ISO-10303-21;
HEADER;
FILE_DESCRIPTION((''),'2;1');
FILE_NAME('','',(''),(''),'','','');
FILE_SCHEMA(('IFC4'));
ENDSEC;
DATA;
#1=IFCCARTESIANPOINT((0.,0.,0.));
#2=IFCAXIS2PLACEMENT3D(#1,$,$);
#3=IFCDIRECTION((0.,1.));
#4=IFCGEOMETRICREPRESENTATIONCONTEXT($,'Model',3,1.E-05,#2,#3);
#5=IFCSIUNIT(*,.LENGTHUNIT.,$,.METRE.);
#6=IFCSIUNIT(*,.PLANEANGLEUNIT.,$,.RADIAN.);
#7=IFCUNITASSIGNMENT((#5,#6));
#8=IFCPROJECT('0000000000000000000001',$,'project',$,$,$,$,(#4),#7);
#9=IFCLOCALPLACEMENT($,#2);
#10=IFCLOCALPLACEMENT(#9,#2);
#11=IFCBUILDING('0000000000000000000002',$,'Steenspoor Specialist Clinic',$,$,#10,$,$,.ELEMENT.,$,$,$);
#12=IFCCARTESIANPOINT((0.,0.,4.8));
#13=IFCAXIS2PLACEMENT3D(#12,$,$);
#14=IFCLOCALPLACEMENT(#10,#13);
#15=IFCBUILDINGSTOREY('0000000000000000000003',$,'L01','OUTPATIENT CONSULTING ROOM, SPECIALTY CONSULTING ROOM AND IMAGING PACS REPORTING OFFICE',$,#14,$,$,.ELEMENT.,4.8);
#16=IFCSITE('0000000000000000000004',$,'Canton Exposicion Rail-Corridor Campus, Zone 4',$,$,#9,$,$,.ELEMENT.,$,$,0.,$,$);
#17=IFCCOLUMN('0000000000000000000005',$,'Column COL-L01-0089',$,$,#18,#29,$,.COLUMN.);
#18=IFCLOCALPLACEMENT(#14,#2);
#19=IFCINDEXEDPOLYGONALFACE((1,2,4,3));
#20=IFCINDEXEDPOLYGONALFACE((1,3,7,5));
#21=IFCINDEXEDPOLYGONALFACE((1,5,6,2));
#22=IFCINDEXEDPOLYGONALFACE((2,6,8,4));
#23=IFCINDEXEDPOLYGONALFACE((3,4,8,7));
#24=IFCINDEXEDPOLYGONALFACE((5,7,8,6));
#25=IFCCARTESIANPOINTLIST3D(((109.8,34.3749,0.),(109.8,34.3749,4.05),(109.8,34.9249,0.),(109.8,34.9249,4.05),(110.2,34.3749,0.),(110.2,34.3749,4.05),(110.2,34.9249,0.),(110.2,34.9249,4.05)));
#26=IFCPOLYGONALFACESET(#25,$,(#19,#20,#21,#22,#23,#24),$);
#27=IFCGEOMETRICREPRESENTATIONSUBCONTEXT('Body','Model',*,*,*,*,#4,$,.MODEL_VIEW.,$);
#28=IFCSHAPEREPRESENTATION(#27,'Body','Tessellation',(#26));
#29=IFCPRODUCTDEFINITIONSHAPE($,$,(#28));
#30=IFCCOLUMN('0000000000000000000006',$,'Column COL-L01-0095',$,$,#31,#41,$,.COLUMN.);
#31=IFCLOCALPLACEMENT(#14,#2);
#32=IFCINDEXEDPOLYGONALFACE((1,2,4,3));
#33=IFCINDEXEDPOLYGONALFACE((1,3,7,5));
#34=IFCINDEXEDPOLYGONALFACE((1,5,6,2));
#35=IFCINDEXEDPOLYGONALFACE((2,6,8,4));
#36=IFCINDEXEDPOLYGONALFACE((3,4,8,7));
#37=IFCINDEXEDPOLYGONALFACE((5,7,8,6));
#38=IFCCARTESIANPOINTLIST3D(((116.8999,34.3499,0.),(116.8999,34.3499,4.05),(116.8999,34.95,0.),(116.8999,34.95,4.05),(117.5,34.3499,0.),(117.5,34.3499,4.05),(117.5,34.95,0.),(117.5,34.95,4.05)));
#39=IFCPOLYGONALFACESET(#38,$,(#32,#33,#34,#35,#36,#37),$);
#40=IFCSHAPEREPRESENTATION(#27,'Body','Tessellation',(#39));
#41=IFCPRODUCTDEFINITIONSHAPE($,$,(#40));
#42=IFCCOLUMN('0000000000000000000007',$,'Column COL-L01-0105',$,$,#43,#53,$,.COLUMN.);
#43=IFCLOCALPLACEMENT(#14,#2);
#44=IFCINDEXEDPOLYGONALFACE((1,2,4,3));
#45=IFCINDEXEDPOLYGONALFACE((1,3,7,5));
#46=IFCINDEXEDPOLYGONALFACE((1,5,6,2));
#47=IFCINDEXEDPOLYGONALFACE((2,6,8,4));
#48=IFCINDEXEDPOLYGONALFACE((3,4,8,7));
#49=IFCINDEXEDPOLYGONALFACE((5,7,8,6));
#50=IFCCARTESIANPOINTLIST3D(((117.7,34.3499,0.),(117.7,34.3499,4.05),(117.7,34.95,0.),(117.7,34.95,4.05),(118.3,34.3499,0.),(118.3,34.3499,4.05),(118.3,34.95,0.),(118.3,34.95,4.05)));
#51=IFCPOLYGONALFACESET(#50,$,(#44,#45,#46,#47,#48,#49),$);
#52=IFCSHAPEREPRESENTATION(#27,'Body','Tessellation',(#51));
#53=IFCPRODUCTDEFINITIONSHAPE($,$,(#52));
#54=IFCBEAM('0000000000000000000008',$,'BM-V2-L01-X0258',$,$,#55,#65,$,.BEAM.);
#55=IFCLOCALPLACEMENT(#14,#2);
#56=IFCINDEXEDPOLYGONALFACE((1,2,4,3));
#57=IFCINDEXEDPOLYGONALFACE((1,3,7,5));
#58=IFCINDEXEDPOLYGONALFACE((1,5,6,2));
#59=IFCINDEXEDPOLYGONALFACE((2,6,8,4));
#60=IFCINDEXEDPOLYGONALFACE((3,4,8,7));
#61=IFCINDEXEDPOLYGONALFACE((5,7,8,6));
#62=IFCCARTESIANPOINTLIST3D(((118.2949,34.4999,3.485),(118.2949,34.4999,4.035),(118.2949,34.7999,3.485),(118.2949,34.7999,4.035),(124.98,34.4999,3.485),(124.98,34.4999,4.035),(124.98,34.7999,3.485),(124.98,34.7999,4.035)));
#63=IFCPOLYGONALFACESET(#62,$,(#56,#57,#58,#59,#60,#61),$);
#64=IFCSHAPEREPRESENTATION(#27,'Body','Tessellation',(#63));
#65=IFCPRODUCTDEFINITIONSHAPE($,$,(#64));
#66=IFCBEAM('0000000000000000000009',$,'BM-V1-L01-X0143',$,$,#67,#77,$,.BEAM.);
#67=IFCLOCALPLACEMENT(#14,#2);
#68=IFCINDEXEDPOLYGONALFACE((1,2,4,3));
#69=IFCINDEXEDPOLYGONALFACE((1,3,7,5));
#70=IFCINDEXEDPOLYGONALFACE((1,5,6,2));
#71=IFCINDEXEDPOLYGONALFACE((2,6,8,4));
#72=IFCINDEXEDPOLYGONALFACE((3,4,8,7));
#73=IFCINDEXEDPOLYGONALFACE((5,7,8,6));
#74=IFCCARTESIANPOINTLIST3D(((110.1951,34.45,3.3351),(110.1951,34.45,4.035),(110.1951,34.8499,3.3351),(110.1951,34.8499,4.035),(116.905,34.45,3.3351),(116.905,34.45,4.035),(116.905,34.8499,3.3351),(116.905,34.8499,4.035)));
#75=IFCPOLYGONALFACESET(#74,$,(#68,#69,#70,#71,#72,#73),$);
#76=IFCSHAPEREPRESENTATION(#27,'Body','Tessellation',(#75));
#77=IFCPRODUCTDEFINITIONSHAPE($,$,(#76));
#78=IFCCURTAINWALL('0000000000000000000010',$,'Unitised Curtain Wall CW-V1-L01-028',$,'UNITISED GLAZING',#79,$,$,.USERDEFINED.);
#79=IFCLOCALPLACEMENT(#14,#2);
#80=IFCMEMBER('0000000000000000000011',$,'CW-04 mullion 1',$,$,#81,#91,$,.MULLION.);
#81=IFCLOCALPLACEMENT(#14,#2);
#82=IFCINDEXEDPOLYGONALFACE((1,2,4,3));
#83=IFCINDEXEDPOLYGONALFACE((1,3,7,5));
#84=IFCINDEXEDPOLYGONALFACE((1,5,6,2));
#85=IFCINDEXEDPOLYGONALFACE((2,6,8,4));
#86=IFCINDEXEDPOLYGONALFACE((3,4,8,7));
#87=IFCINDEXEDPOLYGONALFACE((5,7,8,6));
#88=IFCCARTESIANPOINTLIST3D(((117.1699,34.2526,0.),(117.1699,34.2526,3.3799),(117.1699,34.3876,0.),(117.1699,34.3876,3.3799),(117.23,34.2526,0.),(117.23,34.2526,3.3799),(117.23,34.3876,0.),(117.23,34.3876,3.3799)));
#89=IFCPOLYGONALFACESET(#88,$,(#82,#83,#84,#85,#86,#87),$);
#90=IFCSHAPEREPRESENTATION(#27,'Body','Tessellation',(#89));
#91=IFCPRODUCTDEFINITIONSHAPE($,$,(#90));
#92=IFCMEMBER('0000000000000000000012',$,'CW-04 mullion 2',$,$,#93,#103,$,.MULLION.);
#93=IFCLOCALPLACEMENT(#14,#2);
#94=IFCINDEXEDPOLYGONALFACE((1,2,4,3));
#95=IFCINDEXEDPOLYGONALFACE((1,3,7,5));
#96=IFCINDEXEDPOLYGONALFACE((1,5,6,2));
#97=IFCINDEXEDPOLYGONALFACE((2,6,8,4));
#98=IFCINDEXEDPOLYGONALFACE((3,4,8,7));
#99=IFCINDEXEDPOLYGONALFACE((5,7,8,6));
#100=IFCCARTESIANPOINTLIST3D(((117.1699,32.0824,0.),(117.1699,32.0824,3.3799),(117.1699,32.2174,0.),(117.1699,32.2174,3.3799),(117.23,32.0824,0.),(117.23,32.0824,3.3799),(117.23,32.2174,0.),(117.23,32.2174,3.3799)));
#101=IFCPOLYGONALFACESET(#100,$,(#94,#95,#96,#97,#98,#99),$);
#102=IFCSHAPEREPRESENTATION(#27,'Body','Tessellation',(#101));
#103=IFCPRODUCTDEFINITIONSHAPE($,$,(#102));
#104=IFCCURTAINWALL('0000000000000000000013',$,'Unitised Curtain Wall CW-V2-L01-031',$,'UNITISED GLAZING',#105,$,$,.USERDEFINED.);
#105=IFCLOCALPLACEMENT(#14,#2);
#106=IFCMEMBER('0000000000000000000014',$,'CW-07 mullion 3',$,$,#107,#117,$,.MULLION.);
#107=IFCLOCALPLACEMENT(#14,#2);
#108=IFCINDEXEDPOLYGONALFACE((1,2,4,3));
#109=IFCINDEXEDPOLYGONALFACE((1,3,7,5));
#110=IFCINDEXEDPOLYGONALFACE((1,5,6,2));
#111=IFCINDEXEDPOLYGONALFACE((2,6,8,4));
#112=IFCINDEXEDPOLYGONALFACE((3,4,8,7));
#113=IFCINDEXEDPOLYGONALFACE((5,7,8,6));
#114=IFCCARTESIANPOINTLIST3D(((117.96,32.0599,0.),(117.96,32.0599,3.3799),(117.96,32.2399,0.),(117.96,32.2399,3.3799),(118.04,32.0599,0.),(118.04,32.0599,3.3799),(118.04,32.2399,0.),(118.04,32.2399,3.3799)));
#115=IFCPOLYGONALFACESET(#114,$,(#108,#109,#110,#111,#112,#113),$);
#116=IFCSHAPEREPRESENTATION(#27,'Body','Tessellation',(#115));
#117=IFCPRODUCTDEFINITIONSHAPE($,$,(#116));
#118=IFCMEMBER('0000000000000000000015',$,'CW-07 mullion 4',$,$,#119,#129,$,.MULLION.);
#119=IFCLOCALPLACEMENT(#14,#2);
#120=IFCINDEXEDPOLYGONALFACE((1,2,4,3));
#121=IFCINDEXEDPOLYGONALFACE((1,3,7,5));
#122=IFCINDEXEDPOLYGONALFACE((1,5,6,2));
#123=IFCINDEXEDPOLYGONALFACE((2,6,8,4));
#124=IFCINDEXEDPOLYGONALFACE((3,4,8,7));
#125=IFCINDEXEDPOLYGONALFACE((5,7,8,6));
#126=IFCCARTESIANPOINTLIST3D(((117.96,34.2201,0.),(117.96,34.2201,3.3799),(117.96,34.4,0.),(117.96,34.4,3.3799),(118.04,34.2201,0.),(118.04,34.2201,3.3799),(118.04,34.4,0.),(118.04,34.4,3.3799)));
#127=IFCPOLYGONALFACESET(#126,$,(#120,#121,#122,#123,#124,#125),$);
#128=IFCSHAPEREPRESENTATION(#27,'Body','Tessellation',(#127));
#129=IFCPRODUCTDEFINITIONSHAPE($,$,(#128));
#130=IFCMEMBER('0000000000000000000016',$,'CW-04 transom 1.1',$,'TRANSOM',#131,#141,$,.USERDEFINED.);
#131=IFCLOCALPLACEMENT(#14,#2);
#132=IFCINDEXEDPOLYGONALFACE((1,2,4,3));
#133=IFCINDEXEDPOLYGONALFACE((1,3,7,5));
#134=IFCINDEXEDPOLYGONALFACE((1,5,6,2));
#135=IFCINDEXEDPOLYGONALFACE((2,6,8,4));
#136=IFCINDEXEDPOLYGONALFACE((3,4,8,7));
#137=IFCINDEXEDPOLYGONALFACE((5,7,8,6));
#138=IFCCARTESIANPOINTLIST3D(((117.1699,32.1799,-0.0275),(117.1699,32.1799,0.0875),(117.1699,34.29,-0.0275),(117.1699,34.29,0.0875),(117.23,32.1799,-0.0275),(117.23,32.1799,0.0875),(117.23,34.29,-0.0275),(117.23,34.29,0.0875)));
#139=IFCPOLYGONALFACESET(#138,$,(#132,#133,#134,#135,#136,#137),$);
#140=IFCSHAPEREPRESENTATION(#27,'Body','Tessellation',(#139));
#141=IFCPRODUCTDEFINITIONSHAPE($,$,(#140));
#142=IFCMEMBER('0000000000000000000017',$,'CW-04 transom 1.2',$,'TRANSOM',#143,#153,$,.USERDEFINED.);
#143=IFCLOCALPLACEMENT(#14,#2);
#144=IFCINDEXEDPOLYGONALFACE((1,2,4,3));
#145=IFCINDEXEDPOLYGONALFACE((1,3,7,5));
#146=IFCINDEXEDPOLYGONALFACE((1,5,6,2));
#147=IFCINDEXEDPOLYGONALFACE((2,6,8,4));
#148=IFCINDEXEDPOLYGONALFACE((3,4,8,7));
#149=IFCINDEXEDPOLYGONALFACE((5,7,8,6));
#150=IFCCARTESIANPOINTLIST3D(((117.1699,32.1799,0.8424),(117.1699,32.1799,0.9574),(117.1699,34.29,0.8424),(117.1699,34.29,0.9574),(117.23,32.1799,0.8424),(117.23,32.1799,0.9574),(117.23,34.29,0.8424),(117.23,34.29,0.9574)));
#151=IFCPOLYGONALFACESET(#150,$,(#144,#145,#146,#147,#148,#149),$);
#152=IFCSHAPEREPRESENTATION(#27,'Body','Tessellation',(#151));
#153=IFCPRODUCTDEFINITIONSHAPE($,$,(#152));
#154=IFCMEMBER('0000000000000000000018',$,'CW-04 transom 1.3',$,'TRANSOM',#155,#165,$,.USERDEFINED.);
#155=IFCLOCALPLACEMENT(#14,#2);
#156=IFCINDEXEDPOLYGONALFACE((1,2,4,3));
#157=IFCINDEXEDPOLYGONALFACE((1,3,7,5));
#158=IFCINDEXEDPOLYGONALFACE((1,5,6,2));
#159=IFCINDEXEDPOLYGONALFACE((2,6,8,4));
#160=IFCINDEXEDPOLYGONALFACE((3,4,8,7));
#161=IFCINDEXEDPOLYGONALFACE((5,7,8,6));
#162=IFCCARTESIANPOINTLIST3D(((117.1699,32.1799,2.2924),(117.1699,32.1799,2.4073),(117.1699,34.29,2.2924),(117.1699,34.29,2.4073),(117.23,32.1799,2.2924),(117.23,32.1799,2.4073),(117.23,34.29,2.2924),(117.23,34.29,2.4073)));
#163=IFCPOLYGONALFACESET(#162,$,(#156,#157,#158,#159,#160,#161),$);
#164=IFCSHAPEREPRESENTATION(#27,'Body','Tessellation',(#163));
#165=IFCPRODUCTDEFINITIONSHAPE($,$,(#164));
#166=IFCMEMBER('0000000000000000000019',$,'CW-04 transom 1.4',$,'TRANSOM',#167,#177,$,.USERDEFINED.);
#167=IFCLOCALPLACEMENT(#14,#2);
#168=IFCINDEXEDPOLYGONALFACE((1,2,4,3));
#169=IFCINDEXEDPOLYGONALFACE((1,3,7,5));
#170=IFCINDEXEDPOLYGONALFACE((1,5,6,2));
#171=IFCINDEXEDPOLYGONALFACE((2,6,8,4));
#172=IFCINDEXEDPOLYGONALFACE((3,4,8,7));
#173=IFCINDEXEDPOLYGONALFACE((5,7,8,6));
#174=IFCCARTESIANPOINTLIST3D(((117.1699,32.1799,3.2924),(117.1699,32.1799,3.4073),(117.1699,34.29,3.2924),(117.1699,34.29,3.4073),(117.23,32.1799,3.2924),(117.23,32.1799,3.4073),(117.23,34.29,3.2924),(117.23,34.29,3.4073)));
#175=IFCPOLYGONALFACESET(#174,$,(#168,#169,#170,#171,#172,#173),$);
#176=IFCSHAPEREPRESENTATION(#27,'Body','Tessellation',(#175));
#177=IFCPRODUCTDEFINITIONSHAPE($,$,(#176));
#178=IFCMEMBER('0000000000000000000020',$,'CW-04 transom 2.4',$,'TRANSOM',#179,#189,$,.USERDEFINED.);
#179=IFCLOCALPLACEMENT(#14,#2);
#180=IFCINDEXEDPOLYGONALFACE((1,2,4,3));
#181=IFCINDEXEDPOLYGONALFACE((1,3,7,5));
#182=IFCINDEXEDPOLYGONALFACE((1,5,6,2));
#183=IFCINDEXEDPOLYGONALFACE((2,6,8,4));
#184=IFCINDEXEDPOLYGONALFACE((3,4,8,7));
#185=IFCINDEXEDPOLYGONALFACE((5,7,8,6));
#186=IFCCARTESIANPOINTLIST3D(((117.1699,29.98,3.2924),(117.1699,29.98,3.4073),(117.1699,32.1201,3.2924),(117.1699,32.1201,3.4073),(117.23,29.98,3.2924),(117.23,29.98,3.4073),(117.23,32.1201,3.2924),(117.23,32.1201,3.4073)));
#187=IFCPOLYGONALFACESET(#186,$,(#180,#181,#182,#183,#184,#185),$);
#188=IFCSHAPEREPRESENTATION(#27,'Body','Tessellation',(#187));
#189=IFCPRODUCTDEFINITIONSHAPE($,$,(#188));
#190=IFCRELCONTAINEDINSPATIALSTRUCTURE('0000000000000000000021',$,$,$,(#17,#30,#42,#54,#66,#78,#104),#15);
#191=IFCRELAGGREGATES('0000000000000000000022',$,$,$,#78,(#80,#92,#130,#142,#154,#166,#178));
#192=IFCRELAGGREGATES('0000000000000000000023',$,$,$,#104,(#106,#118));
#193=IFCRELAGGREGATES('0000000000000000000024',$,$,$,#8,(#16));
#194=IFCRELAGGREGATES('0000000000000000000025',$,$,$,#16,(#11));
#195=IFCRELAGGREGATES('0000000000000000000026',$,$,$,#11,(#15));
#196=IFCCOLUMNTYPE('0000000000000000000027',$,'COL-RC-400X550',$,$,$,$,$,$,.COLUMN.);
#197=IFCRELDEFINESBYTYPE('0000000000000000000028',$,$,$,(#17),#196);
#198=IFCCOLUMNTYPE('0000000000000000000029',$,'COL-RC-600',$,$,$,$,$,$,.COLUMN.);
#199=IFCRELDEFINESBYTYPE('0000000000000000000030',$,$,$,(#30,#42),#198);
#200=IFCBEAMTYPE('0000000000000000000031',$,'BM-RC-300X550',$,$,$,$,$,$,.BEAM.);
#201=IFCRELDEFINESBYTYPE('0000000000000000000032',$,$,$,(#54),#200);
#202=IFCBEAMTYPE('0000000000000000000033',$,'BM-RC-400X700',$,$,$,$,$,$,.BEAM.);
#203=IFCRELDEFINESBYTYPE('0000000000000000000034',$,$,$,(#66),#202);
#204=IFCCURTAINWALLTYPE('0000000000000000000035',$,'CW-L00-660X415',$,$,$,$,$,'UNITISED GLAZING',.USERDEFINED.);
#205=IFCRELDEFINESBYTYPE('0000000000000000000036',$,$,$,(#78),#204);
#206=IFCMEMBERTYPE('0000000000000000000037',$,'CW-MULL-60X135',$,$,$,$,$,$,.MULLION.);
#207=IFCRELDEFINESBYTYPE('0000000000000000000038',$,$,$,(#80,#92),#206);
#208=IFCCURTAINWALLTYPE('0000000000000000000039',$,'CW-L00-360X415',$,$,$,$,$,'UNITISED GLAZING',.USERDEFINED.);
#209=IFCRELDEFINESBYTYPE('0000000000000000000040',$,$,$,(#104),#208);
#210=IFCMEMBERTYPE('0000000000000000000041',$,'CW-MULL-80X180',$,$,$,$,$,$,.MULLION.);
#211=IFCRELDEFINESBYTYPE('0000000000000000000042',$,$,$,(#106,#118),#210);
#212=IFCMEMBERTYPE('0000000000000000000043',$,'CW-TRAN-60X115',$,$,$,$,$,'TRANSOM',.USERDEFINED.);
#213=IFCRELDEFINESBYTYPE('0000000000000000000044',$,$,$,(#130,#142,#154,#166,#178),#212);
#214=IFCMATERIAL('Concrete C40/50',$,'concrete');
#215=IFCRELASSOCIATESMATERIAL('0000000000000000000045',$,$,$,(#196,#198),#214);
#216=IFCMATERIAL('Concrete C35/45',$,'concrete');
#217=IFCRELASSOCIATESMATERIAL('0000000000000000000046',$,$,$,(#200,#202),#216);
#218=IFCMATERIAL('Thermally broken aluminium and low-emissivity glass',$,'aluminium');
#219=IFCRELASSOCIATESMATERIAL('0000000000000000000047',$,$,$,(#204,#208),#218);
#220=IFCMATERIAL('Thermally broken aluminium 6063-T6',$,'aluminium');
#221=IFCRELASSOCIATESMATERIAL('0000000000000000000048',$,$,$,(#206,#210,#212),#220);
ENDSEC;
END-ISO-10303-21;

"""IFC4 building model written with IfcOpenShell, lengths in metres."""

from ifc_helpers import new_model, si_unit, direction, frame, origin, origin_2d, place, context, subcontext, project, spatial, rectangle, extrude, material, material_profile, profile_set, type_object, element, aggregate, save


model = new_model("IFC4")

# Units and contexts
model_context = context("Model", 3, precision=1e-05, world=origin(), true_north=direction((0.0, 1.0)))
body_context = subcontext(model_context, "Body", "Model", "MODEL_VIEW")
ifc_project = project(units=[si_unit("LENGTHUNIT", "METRE"), si_unit("PLANEANGLEUNIT", "RADIAN")], contexts=[model_context])

# Site, building, storey
site_placement = place(None, origin())
site = spatial("IfcSite", under=ifc_project, at=site_placement, Name="Canton Exposicion Rail-Corridor Campus, Zone 4", CompositionType="ELEMENT", RefElevation=0.0)
building_placement = place(site_placement, origin())
building = spatial("IfcBuilding", under=site, at=building_placement, Name="Steenspoor Specialist Clinic", CompositionType="ELEMENT")
storey_placement = place(building_placement, frame((0.0, 0.0, 4.8)))
storey = spatial("IfcBuildingStorey", under=building, at=storey_placement, Name="L01", Description="OUTPATIENT CONSULTING ROOM, SPECIALTY CONSULTING ROOM AND IMAGING PACS REPORTING OFFICE", CompositionType="ELEMENT", Elevation=4.8)

# Columns
ifc_material_1 = material(Name="Concrete C40/50", Category="concrete")
ifc_material_profile_1 = material_profile(ifc_material_1, rectangle(XDim=0.3999, YDim=0.55, at=origin_2d()), Name="RC-COL-400X550")
ifc_profile_set_1 = profile_set([ifc_material_profile_1], Name="Concrete C40/50")
column_type_1 = type_object("IfcColumnType", Name="COL-RC-400X550", PredefinedType="COLUMN", material=ifc_profile_set_1)
column_placement = place(storey_placement, frame((110.0, 34.6499, 0.0), z_axis=(0.0, 0.0, 1.0), x_axis=(1.0, 0.0, 0.0)))
element("IfcColumn", 1, at=column_placement, inside=storey, type_object=column_type_1, Name="Column COL-L01-0089", PredefinedType="COLUMN", context=body_context, shape_type="SweptSolid", body=[
    extrude(rectangle(XDim=0.3999, YDim=0.55, at=origin_2d()), origin(), (0.0, 0.0, 1.0), 4.05),
])
ifc_material_profile_2 = material_profile(ifc_material_1, rectangle(XDim=0.6001, YDim=0.6001, at=origin_2d()), Name="RC-COL-600X600")
ifc_profile_set_2 = profile_set([ifc_material_profile_2], Name="Concrete C40/50")
column_type_2 = type_object("IfcColumnType", Name="COL-RC-600", PredefinedType="COLUMN", material=ifc_profile_set_2)
for number, where, z_axis, x_axis, name in (
    (2, (117.2, 34.6499, 0.0), (0.0, 0.0, 1.0), (1.0, 0.0, 0.0), "Column COL-L01-0095"),
    (3, (118.0, 34.6499, 0.0), (0.0, 0.0, 1.0), (1.0, 0.0, 0.0), "Column COL-L01-0105"),
):
    element("IfcColumn", number, at=place(storey_placement, frame(where, z_axis=z_axis, x_axis=x_axis)), inside=storey, type_object=column_type_2, Name=name, PredefinedType="COLUMN", context=body_context, shape_type="SweptSolid", body=[
        extrude(rectangle(XDim=0.6001, YDim=0.6001, at=origin_2d()), origin(), (0.0, 0.0, 1.0), 4.05),
    ])

# Beams
ifc_material_2 = material(Name="Concrete C35/45", Category="concrete")
ifc_material_profile_3 = material_profile(ifc_material_2, rectangle(XDim=0.3, YDim=0.55, at=origin_2d()), Name="RC-BM-300X550")
ifc_profile_set_3 = profile_set([ifc_material_profile_3], Name="Concrete C35/45")
beam_type_1 = type_object("IfcBeamType", Name="BM-RC-300X550", PredefinedType="BEAM", material=ifc_profile_set_3)
beam_1_placement = place(storey_placement, frame((118.2949, 34.6499, 3.76), z_axis=(1.0, 0.0, 0.0), x_axis=(0.0, 1.0, 0.0)))
element("IfcBeam", 4, at=beam_1_placement, inside=storey, type_object=beam_type_1, Name="BM-V2-L01-X0258", PredefinedType="BEAM", context=body_context, shape_type="SweptSolid", body=[
    extrude(rectangle(XDim=0.3, YDim=0.55, at=origin_2d()), origin(), (0.0, 0.0, 1.0), 6.6851),
])
ifc_material_profile_4 = material_profile(ifc_material_2, rectangle(XDim=0.3999, YDim=0.7, at=origin_2d()), Name="RC-BM-400X700")
ifc_profile_set_4 = profile_set([ifc_material_profile_4], Name="Concrete C35/45")
beam_type_2 = type_object("IfcBeamType", Name="BM-RC-400X700", PredefinedType="BEAM", material=ifc_profile_set_4)
beam_2_placement = place(storey_placement, frame((110.1951, 34.6499, 3.6851), z_axis=(1.0, 0.0, 0.0), x_axis=(0.0, 1.0, 0.0)))
element("IfcBeam", 5, at=beam_2_placement, inside=storey, type_object=beam_type_2, Name="BM-V1-L01-X0143", PredefinedType="BEAM", context=body_context, shape_type="SweptSolid", body=[
    extrude(rectangle(XDim=0.3999, YDim=0.7, at=origin_2d()), origin(), (0.0, 0.0, 1.0), 6.71),
])

# Curtain walls, members
ifc_material_3 = material(Name="Thermally broken aluminium and low-emissivity glass", Category="aluminium")
curtain_wall_type_1 = type_object("IfcCurtainWallType", Name="CW-L00-660X415", ElementType="UNITISED GLAZING", PredefinedType="USERDEFINED", material=ifc_material_3)
curtain_wall_1_placement = place(storey_placement, origin())
curtain_wall_1 = element("IfcCurtainWall", 6, at=curtain_wall_1_placement, inside=storey, type_object=curtain_wall_type_1, Name="Unitised Curtain Wall CW-V1-L01-028", ObjectType="UNITISED GLAZING", PredefinedType="USERDEFINED")
ifc_material_4 = material(Name="Thermally broken aluminium 6063-T6", Category="aluminium")
ifc_material_profile_5 = material_profile(ifc_material_4, rectangle(XDim=0.0601, YDim=0.135, at=origin_2d()), Name="CWM-60X135")
ifc_profile_set_5 = profile_set([ifc_material_profile_5], Name="Thermally broken aluminium 6063-T6")
member_type_1 = type_object("IfcMemberType", Name="CW-MULL-60X135", PredefinedType="MULLION", material=ifc_profile_set_5)
member_1_placement = place(storey_placement, frame((117.2, 34.3201, 0.0), z_axis=(0.0, 0.0, 1.0), x_axis=(1.0, 0.0, 0.0)))
member_1 = element("IfcMember", 7, at=member_1_placement, type_object=member_type_1, Name="CW-04 mullion 1", PredefinedType="MULLION", context=body_context, shape_type="SweptSolid", body=[
    extrude(rectangle(XDim=0.0601, YDim=0.135, at=origin_2d()), origin(), (0.0, 0.0, 1.0), 3.3799),
])
member_2_placement = place(storey_placement, frame((117.2, 32.1499, 0.0), z_axis=(0.0, 0.0, 1.0), x_axis=(1.0, 0.0, 0.0)))
member_2 = element("IfcMember", 8, at=member_2_placement, type_object=member_type_1, Name="CW-04 mullion 2", PredefinedType="MULLION", context=body_context, shape_type="SweptSolid", body=[
    extrude(rectangle(XDim=0.0601, YDim=0.135, at=origin_2d()), origin(), (0.0, 0.0, 1.0), 3.3799),
])
curtain_wall_type_2 = type_object("IfcCurtainWallType", Name="CW-L00-360X415", ElementType="UNITISED GLAZING", PredefinedType="USERDEFINED", material=ifc_material_3)
curtain_wall_2_placement = place(storey_placement, origin())
curtain_wall_2 = element("IfcCurtainWall", 9, at=curtain_wall_2_placement, inside=storey, type_object=curtain_wall_type_2, Name="Unitised Curtain Wall CW-V2-L01-031", ObjectType="UNITISED GLAZING", PredefinedType="USERDEFINED")
ifc_material_profile_6 = material_profile(ifc_material_4, rectangle(XDim=0.0801, YDim=0.1799, at=origin_2d()), Name="CWM-80X180")
ifc_profile_set_6 = profile_set([ifc_material_profile_6], Name="Thermally broken aluminium 6063-T6")
member_type_2 = type_object("IfcMemberType", Name="CW-MULL-80X180", PredefinedType="MULLION", material=ifc_profile_set_6)
member_3_placement = place(storey_placement, frame((118.0, 32.1499, 0.0), z_axis=(0.0, 0.0, 1.0), x_axis=(-1.0, 0.0, 0.0)))
member_3 = element("IfcMember", 10, at=member_3_placement, type_object=member_type_2, Name="CW-07 mullion 3", PredefinedType="MULLION", context=body_context, shape_type="SweptSolid", body=[
    extrude(rectangle(XDim=0.0801, YDim=0.1799, at=origin_2d()), origin(), (0.0, 0.0, 1.0), 3.3799),
])
member_4_placement = place(storey_placement, frame((118.0, 34.3101, 0.0), z_axis=(0.0, 0.0, 1.0), x_axis=(-1.0, 0.0, 0.0)))
member_4 = element("IfcMember", 11, at=member_4_placement, type_object=member_type_2, Name="CW-07 mullion 4", PredefinedType="MULLION", context=body_context, shape_type="SweptSolid", body=[
    extrude(rectangle(XDim=0.0801, YDim=0.1799, at=origin_2d()), origin(), (0.0, 0.0, 1.0), 3.3799),
])

# Members
ifc_material_profile_7 = material_profile(ifc_material_4, rectangle(XDim=0.0601, YDim=0.115, at=origin_2d()), Name="CWT-60X115")
ifc_profile_set_7 = profile_set([ifc_material_profile_7], Name="Thermally broken aluminium 6063-T6")
member_type_3 = type_object("IfcMemberType", Name="CW-TRAN-60X115", ElementType="TRANSOM", PredefinedType="USERDEFINED", material=ifc_profile_set_7)
member_5_placement = place(storey_placement, frame((117.2, 34.29, 0.03), z_axis=(0.0, -1.0, 0.0), x_axis=(1.0, 0.0, 0.0)))
member_5 = element("IfcMember", 12, at=member_5_placement, type_object=member_type_3, Name="CW-04 transom 1.1", ObjectType="TRANSOM", PredefinedType="USERDEFINED", context=body_context, shape_type="SweptSolid", body=[
    extrude(rectangle(XDim=0.0601, YDim=0.115, at=origin_2d()), origin(), (0.0, 0.0, 1.0), 2.1101),
])
member_6_placement = place(storey_placement, frame((117.2, 34.29, 0.8999), z_axis=(0.0, -1.0, 0.0), x_axis=(1.0, 0.0, 0.0)))
member_6 = element("IfcMember", 13, at=member_6_placement, type_object=member_type_3, Name="CW-04 transom 1.2", ObjectType="TRANSOM", PredefinedType="USERDEFINED", context=body_context, shape_type="SweptSolid", body=[
    extrude(rectangle(XDim=0.0601, YDim=0.115, at=origin_2d()), origin(), (0.0, 0.0, 1.0), 2.1101),
])
member_7_placement = place(storey_placement, frame((117.2, 34.29, 2.3499), z_axis=(0.0, -1.0, 0.0), x_axis=(1.0, 0.0, 0.0)))
member_7 = element("IfcMember", 14, at=member_7_placement, type_object=member_type_3, Name="CW-04 transom 1.3", ObjectType="TRANSOM", PredefinedType="USERDEFINED", context=body_context, shape_type="SweptSolid", body=[
    extrude(rectangle(XDim=0.0601, YDim=0.115, at=origin_2d()), origin(), (0.0, 0.0, 1.0), 2.1101),
])
member_8_placement = place(storey_placement, frame((117.2, 34.29, 3.3499), z_axis=(0.0, -1.0, 0.0), x_axis=(1.0, 0.0, 0.0)))
member_8 = element("IfcMember", 15, at=member_8_placement, type_object=member_type_3, Name="CW-04 transom 1.4", ObjectType="TRANSOM", PredefinedType="USERDEFINED", context=body_context, shape_type="SweptSolid", body=[
    extrude(rectangle(XDim=0.0601, YDim=0.115, at=origin_2d()), origin(), (0.0, 0.0, 1.0), 2.1101),
])
member_9_placement = place(storey_placement, frame((117.2, 32.1201, 3.3499), z_axis=(0.0, -1.0, 0.0), x_axis=(1.0, 0.0, 0.0)))
member_9 = element("IfcMember", 16, at=member_9_placement, type_object=member_type_3, Name="CW-04 transom 2.4", ObjectType="TRANSOM", PredefinedType="USERDEFINED", context=body_context, shape_type="SweptSolid", body=[
    extrude(rectangle(XDim=0.0601, YDim=0.115, at=origin_2d()), origin(), (0.0, 0.0, 1.0), 2.1401),
])

aggregate(curtain_wall_1, [member_1, member_2, member_5, member_6, member_7, member_8, member_9])
aggregate(curtain_wall_2, [member_3, member_4])

save(model, "model.ifc")
